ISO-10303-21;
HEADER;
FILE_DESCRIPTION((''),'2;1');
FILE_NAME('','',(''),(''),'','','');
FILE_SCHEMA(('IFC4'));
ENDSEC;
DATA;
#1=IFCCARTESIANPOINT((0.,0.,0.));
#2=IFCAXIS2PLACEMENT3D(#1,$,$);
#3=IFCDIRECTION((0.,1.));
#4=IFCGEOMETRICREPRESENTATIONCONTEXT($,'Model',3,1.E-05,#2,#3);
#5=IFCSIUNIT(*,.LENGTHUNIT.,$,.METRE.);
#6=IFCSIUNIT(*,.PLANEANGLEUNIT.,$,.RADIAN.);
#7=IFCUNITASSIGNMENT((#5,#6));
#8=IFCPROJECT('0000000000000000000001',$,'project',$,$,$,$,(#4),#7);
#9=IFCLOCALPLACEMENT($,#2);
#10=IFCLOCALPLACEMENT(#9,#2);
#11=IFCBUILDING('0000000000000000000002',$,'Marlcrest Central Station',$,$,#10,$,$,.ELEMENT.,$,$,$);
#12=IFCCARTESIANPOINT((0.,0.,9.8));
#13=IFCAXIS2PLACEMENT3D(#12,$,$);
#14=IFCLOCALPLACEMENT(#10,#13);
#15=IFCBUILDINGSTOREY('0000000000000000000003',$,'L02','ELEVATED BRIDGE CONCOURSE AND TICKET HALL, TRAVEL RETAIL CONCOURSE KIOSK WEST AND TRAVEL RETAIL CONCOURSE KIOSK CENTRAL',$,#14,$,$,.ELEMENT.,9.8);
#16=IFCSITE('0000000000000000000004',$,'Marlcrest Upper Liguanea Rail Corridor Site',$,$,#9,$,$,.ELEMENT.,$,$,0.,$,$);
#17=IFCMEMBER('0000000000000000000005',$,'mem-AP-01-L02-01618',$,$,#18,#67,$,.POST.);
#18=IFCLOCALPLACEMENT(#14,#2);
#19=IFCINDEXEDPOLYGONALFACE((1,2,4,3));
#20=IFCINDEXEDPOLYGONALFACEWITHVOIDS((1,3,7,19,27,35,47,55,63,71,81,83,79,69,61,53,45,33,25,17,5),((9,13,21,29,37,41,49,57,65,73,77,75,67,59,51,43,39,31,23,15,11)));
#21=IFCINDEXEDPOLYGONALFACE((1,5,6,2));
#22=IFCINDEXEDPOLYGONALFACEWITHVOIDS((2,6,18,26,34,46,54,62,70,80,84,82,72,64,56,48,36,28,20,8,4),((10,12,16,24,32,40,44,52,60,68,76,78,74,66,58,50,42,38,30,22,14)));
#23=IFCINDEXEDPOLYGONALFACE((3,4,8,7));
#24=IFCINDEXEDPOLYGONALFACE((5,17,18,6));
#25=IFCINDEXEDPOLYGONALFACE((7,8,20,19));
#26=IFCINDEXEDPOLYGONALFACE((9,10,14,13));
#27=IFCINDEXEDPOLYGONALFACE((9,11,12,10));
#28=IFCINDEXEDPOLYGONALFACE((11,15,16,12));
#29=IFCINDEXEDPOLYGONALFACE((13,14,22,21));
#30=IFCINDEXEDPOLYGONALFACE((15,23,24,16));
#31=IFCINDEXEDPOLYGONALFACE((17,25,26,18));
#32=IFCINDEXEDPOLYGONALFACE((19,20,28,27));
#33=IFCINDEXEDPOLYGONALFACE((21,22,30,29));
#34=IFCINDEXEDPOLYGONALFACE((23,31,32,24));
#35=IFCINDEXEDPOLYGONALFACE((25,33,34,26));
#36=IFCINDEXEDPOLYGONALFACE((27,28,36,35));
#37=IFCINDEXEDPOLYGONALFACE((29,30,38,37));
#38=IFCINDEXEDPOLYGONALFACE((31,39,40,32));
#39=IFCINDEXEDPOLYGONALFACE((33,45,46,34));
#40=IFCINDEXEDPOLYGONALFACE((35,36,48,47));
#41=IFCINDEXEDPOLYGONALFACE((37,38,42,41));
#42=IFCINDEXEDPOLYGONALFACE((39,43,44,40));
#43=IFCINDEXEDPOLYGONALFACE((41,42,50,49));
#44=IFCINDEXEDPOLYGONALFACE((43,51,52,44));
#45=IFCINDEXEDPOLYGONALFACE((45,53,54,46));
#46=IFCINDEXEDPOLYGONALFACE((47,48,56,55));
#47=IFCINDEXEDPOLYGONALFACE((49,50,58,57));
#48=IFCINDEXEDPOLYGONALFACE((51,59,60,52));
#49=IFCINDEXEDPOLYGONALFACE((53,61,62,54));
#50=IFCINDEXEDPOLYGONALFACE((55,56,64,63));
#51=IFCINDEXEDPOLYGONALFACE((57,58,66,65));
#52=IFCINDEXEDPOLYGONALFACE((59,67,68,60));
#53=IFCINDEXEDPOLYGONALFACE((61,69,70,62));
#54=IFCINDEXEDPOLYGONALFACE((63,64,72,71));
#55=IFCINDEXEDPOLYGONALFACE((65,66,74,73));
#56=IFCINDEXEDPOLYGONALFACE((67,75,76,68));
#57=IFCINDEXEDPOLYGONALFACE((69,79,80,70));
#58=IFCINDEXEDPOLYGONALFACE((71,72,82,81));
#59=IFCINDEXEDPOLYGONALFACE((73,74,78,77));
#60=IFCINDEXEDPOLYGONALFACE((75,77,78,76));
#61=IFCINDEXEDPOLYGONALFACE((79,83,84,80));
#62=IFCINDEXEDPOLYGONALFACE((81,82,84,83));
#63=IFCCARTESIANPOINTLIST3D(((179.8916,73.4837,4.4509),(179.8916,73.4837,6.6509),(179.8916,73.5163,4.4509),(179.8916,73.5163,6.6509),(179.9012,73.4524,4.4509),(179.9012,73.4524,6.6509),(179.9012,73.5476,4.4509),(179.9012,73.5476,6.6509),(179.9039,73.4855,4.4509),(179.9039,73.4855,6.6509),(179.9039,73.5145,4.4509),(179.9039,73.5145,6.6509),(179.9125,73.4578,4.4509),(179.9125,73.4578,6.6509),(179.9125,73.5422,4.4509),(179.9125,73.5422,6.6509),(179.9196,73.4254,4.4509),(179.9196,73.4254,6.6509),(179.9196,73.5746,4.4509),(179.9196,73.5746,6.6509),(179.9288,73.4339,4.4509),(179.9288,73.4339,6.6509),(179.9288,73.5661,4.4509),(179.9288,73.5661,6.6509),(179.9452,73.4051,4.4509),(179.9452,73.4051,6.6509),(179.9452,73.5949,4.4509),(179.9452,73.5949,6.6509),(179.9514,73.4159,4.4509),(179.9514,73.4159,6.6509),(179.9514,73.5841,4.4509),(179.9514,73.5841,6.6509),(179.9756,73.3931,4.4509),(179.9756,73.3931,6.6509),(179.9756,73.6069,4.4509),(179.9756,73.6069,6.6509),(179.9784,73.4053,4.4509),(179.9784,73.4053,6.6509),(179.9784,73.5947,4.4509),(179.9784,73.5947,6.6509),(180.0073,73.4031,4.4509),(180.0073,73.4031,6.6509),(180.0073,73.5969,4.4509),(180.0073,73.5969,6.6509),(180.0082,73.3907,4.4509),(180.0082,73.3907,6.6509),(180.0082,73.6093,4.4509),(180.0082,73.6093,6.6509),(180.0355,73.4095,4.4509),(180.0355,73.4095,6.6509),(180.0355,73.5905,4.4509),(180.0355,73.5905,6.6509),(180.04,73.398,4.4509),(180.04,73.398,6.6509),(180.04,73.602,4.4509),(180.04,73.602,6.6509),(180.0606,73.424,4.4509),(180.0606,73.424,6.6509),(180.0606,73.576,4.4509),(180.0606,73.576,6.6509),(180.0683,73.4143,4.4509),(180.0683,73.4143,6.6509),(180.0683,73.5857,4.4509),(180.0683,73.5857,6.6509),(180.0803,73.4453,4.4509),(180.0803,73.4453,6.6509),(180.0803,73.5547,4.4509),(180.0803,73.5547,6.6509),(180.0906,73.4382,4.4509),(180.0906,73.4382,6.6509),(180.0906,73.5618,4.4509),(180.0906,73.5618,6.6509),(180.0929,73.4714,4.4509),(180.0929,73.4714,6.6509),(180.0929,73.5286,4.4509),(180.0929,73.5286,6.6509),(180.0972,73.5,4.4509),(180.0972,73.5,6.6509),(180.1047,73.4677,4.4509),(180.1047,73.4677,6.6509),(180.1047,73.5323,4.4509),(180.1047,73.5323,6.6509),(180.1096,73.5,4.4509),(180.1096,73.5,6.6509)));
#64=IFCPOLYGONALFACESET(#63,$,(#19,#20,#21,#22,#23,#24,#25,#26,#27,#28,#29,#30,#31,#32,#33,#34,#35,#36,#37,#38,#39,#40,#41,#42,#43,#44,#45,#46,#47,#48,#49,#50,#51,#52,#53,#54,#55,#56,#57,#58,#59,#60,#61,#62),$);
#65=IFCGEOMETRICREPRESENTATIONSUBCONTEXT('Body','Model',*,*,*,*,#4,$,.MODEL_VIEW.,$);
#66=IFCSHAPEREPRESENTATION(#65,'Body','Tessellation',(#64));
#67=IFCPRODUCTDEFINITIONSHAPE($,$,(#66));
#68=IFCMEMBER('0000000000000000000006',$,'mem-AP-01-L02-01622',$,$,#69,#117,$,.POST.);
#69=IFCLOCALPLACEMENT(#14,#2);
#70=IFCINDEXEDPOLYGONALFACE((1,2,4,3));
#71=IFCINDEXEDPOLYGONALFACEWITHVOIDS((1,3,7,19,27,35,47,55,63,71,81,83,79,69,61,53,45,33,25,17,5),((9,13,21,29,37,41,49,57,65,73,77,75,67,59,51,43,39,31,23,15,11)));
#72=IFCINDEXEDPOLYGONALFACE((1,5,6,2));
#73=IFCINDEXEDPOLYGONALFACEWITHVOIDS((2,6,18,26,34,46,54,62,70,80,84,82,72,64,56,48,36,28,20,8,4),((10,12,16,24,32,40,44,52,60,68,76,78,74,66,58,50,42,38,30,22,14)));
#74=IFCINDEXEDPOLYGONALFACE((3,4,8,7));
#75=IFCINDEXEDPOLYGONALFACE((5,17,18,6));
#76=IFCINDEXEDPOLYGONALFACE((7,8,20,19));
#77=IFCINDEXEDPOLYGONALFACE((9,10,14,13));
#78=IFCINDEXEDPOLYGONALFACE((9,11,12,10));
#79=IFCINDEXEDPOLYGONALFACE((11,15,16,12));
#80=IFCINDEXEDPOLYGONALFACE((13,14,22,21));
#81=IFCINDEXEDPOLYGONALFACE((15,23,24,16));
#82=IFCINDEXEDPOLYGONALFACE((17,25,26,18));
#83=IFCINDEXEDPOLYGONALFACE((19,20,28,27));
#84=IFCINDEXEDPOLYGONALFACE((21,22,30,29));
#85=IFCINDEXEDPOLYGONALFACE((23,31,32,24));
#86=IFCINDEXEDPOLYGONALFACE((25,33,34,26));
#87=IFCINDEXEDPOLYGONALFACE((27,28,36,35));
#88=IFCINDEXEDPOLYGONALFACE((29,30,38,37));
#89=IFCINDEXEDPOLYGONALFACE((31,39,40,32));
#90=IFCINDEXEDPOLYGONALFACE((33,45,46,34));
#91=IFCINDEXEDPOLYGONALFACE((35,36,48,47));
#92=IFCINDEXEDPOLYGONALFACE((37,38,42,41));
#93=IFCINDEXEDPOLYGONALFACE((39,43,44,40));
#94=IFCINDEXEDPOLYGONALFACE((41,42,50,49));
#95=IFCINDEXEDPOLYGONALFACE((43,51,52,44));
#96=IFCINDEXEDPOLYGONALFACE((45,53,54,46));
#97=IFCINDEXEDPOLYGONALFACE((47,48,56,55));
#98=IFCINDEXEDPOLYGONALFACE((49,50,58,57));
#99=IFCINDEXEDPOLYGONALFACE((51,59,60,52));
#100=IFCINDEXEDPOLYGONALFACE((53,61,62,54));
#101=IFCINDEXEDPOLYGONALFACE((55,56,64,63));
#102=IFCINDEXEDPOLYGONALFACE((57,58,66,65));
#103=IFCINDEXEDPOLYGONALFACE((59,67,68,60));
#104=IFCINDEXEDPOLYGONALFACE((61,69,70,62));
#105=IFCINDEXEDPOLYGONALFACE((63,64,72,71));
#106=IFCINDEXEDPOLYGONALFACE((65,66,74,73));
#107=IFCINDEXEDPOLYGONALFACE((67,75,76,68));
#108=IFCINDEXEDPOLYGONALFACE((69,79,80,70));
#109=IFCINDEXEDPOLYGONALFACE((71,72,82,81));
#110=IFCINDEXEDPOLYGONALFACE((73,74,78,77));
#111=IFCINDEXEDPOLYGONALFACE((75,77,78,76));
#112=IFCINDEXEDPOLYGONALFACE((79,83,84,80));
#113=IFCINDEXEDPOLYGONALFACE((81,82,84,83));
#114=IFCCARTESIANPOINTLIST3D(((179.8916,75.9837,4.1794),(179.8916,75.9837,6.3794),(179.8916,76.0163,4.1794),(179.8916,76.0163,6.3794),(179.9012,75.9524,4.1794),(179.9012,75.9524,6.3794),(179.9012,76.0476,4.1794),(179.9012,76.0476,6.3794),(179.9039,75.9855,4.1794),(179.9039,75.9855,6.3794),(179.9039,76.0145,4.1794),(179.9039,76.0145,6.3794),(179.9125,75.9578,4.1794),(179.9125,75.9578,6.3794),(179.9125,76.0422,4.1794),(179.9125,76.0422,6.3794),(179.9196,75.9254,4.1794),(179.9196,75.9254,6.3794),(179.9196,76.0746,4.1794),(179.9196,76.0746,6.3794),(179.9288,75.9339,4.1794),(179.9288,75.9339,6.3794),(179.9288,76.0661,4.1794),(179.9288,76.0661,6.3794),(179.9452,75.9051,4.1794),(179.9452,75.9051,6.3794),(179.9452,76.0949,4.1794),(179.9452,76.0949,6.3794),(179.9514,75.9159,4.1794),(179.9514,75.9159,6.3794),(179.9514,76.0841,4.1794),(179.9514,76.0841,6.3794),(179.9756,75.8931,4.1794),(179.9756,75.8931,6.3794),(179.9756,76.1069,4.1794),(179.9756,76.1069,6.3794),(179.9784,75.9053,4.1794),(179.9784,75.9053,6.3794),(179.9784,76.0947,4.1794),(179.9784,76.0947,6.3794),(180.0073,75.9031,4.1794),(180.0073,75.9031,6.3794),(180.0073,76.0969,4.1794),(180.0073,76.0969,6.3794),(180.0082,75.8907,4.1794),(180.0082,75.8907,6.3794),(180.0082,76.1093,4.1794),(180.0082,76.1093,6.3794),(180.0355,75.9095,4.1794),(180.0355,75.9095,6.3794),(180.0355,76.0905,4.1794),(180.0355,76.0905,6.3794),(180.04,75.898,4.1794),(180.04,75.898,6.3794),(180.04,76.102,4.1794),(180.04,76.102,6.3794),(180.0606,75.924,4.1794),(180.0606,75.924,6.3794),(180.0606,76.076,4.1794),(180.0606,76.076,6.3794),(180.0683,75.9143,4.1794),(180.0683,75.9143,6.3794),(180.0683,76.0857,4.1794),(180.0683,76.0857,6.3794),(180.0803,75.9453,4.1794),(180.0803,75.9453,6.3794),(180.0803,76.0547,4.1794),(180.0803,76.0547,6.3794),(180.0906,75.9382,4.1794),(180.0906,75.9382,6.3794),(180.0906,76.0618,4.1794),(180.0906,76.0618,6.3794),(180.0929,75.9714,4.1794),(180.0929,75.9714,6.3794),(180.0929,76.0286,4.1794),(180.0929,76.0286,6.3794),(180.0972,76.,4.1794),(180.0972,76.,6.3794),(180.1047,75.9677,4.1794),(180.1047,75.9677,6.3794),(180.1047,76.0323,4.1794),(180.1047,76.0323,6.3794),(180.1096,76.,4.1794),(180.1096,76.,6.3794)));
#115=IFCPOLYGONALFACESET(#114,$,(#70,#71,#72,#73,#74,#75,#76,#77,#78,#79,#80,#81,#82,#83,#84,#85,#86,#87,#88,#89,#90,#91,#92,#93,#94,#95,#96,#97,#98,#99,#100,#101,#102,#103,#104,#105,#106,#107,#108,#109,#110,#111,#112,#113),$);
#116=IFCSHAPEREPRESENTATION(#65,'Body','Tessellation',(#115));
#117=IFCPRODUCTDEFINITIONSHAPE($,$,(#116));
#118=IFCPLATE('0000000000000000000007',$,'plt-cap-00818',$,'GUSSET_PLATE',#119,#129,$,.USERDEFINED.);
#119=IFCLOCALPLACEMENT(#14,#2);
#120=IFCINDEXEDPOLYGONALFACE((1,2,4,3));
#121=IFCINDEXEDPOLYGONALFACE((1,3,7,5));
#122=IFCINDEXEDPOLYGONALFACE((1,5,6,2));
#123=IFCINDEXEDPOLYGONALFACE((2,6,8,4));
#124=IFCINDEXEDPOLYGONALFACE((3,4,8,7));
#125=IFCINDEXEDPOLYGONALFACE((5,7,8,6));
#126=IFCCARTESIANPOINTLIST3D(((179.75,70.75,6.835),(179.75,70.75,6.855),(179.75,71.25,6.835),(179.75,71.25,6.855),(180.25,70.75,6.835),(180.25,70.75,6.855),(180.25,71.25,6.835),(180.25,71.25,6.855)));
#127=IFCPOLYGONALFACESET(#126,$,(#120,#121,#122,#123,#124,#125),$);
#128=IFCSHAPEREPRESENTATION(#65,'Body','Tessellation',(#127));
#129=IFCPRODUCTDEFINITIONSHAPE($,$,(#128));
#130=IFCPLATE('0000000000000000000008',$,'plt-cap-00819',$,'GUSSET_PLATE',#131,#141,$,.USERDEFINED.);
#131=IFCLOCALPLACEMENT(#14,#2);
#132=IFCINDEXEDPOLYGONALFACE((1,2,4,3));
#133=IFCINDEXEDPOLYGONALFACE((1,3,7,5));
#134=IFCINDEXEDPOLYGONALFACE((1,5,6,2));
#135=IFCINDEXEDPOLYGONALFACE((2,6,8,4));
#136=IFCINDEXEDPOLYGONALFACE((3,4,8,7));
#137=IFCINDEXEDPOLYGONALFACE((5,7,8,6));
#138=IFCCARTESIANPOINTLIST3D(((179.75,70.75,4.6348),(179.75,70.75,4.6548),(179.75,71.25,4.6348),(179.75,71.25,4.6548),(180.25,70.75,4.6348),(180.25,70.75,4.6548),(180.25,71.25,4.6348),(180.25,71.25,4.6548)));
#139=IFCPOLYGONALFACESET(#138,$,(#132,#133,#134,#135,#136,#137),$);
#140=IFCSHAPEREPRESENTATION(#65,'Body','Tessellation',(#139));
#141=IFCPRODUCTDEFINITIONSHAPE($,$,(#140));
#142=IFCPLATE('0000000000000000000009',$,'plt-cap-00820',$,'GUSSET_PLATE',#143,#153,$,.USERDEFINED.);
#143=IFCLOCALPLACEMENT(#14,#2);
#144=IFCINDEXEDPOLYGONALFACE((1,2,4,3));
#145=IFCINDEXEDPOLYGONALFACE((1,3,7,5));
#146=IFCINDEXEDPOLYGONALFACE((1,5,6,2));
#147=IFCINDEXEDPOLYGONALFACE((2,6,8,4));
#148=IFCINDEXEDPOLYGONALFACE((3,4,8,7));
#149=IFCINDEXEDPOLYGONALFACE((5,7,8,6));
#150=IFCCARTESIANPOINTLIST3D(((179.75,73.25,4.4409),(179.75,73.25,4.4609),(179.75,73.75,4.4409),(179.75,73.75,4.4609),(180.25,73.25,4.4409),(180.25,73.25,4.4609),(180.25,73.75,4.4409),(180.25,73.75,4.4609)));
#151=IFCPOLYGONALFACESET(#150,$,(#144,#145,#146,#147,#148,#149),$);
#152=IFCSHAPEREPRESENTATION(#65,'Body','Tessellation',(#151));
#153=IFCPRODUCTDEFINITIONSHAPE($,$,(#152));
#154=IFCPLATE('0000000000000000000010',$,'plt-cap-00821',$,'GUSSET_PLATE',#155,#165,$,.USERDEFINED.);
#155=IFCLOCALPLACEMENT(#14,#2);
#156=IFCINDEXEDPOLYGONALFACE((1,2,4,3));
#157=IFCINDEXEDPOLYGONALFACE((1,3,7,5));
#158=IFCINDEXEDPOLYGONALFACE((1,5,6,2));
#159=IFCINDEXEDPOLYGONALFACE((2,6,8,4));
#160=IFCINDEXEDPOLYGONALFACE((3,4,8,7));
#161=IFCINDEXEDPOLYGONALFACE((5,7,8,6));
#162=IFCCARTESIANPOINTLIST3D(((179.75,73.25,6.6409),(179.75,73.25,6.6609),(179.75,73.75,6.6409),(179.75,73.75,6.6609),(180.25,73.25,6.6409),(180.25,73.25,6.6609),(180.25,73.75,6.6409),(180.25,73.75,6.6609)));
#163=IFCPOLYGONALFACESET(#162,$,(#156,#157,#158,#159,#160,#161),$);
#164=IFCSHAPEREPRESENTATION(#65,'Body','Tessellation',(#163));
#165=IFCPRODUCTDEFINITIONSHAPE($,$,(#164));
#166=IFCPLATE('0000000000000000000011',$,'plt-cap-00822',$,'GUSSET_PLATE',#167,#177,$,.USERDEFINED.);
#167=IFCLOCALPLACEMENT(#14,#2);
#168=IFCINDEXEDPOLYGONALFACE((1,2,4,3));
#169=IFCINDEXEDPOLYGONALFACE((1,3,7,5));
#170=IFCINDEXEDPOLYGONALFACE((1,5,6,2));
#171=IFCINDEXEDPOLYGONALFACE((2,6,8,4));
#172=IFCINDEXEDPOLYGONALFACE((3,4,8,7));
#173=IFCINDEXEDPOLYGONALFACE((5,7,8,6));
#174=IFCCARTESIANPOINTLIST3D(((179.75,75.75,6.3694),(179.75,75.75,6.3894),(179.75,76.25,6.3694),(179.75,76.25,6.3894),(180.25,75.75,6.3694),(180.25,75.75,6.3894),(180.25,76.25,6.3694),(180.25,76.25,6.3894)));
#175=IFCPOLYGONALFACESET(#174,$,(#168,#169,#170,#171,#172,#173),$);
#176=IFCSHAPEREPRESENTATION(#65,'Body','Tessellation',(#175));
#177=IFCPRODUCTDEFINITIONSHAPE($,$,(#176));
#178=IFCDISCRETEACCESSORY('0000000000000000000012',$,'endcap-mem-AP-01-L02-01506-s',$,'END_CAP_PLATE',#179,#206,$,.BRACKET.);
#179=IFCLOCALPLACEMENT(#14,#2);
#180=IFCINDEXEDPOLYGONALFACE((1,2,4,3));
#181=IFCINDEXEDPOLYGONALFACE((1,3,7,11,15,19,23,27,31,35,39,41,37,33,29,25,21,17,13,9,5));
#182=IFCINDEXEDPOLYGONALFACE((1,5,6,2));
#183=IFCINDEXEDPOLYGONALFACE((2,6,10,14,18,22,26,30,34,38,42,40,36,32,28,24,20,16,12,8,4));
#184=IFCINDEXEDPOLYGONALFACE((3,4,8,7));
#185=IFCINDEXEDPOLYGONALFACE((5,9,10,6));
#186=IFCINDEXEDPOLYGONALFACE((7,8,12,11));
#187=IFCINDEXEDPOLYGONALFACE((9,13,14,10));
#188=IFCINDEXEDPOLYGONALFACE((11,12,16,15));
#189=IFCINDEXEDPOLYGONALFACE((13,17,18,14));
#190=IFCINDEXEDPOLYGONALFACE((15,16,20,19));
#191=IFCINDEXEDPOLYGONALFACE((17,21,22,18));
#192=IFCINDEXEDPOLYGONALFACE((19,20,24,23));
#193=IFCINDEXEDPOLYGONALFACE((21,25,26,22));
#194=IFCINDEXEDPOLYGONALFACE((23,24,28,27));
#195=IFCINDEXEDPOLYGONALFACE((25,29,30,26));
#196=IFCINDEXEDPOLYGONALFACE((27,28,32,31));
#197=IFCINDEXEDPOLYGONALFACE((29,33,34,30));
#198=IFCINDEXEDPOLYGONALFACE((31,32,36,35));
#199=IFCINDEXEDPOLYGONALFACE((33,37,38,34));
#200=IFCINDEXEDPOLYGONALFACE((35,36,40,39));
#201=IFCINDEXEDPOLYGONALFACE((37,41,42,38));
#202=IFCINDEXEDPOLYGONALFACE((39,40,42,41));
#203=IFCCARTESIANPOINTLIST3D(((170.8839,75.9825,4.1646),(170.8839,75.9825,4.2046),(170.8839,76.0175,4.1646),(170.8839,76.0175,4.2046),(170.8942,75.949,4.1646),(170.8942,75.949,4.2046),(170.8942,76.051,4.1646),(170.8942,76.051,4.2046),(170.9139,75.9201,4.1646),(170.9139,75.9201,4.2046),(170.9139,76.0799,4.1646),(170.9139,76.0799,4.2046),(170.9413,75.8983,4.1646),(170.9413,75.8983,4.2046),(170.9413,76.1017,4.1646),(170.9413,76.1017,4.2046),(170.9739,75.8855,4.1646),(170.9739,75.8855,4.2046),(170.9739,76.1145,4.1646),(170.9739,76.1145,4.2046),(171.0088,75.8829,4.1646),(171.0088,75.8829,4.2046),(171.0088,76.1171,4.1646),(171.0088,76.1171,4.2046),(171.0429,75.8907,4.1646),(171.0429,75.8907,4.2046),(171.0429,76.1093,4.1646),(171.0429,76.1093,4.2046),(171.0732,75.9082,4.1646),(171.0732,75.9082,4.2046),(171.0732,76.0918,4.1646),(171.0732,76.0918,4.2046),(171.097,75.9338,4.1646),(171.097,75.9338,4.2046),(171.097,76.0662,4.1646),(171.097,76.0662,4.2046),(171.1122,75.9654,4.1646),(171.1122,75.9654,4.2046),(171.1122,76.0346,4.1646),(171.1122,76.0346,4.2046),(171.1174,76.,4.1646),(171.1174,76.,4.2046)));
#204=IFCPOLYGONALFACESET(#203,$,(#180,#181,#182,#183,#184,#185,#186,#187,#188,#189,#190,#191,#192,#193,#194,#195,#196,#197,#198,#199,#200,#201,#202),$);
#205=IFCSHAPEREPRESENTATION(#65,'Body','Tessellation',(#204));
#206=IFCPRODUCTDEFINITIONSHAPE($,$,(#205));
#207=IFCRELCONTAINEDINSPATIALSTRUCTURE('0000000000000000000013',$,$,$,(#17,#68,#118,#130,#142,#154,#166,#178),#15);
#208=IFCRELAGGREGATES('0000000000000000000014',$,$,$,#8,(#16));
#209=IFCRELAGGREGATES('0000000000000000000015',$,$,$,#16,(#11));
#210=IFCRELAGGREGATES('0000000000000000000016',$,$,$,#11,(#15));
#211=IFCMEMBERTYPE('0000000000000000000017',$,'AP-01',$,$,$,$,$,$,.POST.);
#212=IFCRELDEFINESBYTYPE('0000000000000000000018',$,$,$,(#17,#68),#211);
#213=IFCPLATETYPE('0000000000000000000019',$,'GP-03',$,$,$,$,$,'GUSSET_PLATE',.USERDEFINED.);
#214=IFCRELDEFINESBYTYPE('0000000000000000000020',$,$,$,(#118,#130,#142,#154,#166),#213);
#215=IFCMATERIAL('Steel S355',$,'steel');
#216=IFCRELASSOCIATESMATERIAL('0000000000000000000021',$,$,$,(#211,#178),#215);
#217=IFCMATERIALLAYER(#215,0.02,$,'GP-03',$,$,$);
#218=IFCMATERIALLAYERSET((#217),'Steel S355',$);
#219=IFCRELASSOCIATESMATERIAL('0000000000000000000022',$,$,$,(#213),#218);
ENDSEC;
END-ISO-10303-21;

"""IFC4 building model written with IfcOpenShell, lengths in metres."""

from ifc_helpers import new_model, si_unit, direction, frame, origin, origin_2d, place, context, subcontext, project, spatial, rectangle, circle, hollow_circle, extrude, material, layer, layer_set, material_profile, profile_set, type_object, element, save


model = new_model("IFC4")

# Units and contexts
model_context = context("Model", 3, precision=1e-05, world=origin(), true_north=direction((0.0, 1.0)))
body_context = subcontext(model_context, "Body", "Model", "MODEL_VIEW")
ifc_project = project(units=[si_unit("LENGTHUNIT", "METRE"), si_unit("PLANEANGLEUNIT", "RADIAN")], contexts=[model_context])

# Site, building, storey
site_placement = place(None, origin())
site = spatial("IfcSite", under=ifc_project, at=site_placement, Name="Marlcrest Upper Liguanea Rail Corridor Site", CompositionType="ELEMENT", RefElevation=0.0)
building_placement = place(site_placement, origin())
building = spatial("IfcBuilding", under=site, at=building_placement, Name="Marlcrest Central Station", CompositionType="ELEMENT")
storey_placement = place(building_placement, frame((0.0, 0.0, 9.8)))
storey = spatial("IfcBuildingStorey", under=building, at=storey_placement, Name="L02", Description="ELEVATED BRIDGE CONCOURSE AND TICKET HALL, TRAVEL RETAIL CONCOURSE KIOSK WEST AND TRAVEL RETAIL CONCOURSE KIOSK CENTRAL", CompositionType="ELEMENT", Elevation=9.8)

# Members
ifc_material = material(Name="Steel S355", Category="steel")
ifc_material_profile_1 = material_profile(ifc_material, hollow_circle(Radius=0.1096, WallThickness=0.0125, at=origin_2d()), Name="CHS 219.1x12.5")
ifc_profile_set_1 = profile_set([ifc_material_profile_1], Name="Steel S355")
member_type_1 = type_object("IfcMemberType", Name="AP-01", PredefinedType="POST", material=ifc_profile_set_1)
for number, where, z_axis, x_axis, name in (
    (1, (180.0, 73.5, 4.4509), (0.0, 0.0, 1.0), (1.0, 0.0, 0.0), "mem-AP-01-L02-01618"),
    (2, (180.0, 76.0, 4.1794), (0.0, 0.0, 1.0), (1.0, 0.0, 0.0), "mem-AP-01-L02-01622"),
):
    element("IfcMember", number, at=place(storey_placement, frame(where, z_axis=z_axis, x_axis=x_axis)), inside=storey, type_object=member_type_1, Name=name, PredefinedType="POST", context=body_context, shape_type="SweptSolid", body=[
        extrude(hollow_circle(Radius=0.1096, WallThickness=0.0125, at=origin_2d()), origin(), (0.0, 0.0, 1.0), 2.2),
    ])

# Plates
ifc_layer = layer(ifc_material, 0.02, Name="GP-03")
ifc_layer_set = layer_set([ifc_layer], Name="Steel S355")
plate_type = type_object("IfcPlateType", Name="GP-03", ElementType="GUSSET_PLATE", PredefinedType="USERDEFINED", material=ifc_layer_set)
for number, where, z_axis, x_axis, name in (
    (3, (180.0, 71.0, 6.835), (0.0, 0.0, 1.0), (1.0, 0.0, 0.0), "plt-cap-00818"),
    (4, (180.0, 71.0, 4.6348), (0.0, 0.0, 1.0), (1.0, 0.0, 0.0), "plt-cap-00819"),
    (5, (180.0, 73.5, 4.4409), (0.0, 0.0, 1.0), (1.0, 0.0, 0.0), "plt-cap-00820"),
    (6, (180.0, 73.5, 6.6409), (0.0, 0.0, 1.0), (1.0, 0.0, 0.0), "plt-cap-00821"),
    (7, (180.0, 76.0, 6.3694), (0.0, 0.0, 1.0), (1.0, 0.0, 0.0), "plt-cap-00822"),
):
    element("IfcPlate", number, at=place(storey_placement, frame(where, z_axis=z_axis, x_axis=x_axis)), inside=storey, type_object=plate_type, Name=name, ObjectType="GUSSET_PLATE", PredefinedType="USERDEFINED", context=body_context, shape_type="SweptSolid", body=[
        extrude(rectangle(XDim=0.5, YDim=0.5, at=origin_2d()), origin(), (0.0, 0.0, 1.0), 0.02),
    ])

# Discrete accessory
for number, where, z_axis, x_axis, name in (
    (8, (171.0, 76.0, 4.1646), (0.0, 0.0, 1.0), (1.0, 0.0, 0.0), "endcap-mem-AP-01-L02-01506-s"),
):
    element("IfcDiscreteAccessory", number, at=place(storey_placement, frame(where, z_axis=z_axis, x_axis=x_axis)), inside=storey, material=ifc_material, Name=name, ObjectType="END_CAP_PLATE", PredefinedType="BRACKET", context=body_context, shape_type="SweptSolid", body=[
        extrude(circle(Radius=0.1174, at=origin_2d()), origin(), (0.0, 0.0, 1.0), 0.04),
    ])

save(model, "model.ifc")
